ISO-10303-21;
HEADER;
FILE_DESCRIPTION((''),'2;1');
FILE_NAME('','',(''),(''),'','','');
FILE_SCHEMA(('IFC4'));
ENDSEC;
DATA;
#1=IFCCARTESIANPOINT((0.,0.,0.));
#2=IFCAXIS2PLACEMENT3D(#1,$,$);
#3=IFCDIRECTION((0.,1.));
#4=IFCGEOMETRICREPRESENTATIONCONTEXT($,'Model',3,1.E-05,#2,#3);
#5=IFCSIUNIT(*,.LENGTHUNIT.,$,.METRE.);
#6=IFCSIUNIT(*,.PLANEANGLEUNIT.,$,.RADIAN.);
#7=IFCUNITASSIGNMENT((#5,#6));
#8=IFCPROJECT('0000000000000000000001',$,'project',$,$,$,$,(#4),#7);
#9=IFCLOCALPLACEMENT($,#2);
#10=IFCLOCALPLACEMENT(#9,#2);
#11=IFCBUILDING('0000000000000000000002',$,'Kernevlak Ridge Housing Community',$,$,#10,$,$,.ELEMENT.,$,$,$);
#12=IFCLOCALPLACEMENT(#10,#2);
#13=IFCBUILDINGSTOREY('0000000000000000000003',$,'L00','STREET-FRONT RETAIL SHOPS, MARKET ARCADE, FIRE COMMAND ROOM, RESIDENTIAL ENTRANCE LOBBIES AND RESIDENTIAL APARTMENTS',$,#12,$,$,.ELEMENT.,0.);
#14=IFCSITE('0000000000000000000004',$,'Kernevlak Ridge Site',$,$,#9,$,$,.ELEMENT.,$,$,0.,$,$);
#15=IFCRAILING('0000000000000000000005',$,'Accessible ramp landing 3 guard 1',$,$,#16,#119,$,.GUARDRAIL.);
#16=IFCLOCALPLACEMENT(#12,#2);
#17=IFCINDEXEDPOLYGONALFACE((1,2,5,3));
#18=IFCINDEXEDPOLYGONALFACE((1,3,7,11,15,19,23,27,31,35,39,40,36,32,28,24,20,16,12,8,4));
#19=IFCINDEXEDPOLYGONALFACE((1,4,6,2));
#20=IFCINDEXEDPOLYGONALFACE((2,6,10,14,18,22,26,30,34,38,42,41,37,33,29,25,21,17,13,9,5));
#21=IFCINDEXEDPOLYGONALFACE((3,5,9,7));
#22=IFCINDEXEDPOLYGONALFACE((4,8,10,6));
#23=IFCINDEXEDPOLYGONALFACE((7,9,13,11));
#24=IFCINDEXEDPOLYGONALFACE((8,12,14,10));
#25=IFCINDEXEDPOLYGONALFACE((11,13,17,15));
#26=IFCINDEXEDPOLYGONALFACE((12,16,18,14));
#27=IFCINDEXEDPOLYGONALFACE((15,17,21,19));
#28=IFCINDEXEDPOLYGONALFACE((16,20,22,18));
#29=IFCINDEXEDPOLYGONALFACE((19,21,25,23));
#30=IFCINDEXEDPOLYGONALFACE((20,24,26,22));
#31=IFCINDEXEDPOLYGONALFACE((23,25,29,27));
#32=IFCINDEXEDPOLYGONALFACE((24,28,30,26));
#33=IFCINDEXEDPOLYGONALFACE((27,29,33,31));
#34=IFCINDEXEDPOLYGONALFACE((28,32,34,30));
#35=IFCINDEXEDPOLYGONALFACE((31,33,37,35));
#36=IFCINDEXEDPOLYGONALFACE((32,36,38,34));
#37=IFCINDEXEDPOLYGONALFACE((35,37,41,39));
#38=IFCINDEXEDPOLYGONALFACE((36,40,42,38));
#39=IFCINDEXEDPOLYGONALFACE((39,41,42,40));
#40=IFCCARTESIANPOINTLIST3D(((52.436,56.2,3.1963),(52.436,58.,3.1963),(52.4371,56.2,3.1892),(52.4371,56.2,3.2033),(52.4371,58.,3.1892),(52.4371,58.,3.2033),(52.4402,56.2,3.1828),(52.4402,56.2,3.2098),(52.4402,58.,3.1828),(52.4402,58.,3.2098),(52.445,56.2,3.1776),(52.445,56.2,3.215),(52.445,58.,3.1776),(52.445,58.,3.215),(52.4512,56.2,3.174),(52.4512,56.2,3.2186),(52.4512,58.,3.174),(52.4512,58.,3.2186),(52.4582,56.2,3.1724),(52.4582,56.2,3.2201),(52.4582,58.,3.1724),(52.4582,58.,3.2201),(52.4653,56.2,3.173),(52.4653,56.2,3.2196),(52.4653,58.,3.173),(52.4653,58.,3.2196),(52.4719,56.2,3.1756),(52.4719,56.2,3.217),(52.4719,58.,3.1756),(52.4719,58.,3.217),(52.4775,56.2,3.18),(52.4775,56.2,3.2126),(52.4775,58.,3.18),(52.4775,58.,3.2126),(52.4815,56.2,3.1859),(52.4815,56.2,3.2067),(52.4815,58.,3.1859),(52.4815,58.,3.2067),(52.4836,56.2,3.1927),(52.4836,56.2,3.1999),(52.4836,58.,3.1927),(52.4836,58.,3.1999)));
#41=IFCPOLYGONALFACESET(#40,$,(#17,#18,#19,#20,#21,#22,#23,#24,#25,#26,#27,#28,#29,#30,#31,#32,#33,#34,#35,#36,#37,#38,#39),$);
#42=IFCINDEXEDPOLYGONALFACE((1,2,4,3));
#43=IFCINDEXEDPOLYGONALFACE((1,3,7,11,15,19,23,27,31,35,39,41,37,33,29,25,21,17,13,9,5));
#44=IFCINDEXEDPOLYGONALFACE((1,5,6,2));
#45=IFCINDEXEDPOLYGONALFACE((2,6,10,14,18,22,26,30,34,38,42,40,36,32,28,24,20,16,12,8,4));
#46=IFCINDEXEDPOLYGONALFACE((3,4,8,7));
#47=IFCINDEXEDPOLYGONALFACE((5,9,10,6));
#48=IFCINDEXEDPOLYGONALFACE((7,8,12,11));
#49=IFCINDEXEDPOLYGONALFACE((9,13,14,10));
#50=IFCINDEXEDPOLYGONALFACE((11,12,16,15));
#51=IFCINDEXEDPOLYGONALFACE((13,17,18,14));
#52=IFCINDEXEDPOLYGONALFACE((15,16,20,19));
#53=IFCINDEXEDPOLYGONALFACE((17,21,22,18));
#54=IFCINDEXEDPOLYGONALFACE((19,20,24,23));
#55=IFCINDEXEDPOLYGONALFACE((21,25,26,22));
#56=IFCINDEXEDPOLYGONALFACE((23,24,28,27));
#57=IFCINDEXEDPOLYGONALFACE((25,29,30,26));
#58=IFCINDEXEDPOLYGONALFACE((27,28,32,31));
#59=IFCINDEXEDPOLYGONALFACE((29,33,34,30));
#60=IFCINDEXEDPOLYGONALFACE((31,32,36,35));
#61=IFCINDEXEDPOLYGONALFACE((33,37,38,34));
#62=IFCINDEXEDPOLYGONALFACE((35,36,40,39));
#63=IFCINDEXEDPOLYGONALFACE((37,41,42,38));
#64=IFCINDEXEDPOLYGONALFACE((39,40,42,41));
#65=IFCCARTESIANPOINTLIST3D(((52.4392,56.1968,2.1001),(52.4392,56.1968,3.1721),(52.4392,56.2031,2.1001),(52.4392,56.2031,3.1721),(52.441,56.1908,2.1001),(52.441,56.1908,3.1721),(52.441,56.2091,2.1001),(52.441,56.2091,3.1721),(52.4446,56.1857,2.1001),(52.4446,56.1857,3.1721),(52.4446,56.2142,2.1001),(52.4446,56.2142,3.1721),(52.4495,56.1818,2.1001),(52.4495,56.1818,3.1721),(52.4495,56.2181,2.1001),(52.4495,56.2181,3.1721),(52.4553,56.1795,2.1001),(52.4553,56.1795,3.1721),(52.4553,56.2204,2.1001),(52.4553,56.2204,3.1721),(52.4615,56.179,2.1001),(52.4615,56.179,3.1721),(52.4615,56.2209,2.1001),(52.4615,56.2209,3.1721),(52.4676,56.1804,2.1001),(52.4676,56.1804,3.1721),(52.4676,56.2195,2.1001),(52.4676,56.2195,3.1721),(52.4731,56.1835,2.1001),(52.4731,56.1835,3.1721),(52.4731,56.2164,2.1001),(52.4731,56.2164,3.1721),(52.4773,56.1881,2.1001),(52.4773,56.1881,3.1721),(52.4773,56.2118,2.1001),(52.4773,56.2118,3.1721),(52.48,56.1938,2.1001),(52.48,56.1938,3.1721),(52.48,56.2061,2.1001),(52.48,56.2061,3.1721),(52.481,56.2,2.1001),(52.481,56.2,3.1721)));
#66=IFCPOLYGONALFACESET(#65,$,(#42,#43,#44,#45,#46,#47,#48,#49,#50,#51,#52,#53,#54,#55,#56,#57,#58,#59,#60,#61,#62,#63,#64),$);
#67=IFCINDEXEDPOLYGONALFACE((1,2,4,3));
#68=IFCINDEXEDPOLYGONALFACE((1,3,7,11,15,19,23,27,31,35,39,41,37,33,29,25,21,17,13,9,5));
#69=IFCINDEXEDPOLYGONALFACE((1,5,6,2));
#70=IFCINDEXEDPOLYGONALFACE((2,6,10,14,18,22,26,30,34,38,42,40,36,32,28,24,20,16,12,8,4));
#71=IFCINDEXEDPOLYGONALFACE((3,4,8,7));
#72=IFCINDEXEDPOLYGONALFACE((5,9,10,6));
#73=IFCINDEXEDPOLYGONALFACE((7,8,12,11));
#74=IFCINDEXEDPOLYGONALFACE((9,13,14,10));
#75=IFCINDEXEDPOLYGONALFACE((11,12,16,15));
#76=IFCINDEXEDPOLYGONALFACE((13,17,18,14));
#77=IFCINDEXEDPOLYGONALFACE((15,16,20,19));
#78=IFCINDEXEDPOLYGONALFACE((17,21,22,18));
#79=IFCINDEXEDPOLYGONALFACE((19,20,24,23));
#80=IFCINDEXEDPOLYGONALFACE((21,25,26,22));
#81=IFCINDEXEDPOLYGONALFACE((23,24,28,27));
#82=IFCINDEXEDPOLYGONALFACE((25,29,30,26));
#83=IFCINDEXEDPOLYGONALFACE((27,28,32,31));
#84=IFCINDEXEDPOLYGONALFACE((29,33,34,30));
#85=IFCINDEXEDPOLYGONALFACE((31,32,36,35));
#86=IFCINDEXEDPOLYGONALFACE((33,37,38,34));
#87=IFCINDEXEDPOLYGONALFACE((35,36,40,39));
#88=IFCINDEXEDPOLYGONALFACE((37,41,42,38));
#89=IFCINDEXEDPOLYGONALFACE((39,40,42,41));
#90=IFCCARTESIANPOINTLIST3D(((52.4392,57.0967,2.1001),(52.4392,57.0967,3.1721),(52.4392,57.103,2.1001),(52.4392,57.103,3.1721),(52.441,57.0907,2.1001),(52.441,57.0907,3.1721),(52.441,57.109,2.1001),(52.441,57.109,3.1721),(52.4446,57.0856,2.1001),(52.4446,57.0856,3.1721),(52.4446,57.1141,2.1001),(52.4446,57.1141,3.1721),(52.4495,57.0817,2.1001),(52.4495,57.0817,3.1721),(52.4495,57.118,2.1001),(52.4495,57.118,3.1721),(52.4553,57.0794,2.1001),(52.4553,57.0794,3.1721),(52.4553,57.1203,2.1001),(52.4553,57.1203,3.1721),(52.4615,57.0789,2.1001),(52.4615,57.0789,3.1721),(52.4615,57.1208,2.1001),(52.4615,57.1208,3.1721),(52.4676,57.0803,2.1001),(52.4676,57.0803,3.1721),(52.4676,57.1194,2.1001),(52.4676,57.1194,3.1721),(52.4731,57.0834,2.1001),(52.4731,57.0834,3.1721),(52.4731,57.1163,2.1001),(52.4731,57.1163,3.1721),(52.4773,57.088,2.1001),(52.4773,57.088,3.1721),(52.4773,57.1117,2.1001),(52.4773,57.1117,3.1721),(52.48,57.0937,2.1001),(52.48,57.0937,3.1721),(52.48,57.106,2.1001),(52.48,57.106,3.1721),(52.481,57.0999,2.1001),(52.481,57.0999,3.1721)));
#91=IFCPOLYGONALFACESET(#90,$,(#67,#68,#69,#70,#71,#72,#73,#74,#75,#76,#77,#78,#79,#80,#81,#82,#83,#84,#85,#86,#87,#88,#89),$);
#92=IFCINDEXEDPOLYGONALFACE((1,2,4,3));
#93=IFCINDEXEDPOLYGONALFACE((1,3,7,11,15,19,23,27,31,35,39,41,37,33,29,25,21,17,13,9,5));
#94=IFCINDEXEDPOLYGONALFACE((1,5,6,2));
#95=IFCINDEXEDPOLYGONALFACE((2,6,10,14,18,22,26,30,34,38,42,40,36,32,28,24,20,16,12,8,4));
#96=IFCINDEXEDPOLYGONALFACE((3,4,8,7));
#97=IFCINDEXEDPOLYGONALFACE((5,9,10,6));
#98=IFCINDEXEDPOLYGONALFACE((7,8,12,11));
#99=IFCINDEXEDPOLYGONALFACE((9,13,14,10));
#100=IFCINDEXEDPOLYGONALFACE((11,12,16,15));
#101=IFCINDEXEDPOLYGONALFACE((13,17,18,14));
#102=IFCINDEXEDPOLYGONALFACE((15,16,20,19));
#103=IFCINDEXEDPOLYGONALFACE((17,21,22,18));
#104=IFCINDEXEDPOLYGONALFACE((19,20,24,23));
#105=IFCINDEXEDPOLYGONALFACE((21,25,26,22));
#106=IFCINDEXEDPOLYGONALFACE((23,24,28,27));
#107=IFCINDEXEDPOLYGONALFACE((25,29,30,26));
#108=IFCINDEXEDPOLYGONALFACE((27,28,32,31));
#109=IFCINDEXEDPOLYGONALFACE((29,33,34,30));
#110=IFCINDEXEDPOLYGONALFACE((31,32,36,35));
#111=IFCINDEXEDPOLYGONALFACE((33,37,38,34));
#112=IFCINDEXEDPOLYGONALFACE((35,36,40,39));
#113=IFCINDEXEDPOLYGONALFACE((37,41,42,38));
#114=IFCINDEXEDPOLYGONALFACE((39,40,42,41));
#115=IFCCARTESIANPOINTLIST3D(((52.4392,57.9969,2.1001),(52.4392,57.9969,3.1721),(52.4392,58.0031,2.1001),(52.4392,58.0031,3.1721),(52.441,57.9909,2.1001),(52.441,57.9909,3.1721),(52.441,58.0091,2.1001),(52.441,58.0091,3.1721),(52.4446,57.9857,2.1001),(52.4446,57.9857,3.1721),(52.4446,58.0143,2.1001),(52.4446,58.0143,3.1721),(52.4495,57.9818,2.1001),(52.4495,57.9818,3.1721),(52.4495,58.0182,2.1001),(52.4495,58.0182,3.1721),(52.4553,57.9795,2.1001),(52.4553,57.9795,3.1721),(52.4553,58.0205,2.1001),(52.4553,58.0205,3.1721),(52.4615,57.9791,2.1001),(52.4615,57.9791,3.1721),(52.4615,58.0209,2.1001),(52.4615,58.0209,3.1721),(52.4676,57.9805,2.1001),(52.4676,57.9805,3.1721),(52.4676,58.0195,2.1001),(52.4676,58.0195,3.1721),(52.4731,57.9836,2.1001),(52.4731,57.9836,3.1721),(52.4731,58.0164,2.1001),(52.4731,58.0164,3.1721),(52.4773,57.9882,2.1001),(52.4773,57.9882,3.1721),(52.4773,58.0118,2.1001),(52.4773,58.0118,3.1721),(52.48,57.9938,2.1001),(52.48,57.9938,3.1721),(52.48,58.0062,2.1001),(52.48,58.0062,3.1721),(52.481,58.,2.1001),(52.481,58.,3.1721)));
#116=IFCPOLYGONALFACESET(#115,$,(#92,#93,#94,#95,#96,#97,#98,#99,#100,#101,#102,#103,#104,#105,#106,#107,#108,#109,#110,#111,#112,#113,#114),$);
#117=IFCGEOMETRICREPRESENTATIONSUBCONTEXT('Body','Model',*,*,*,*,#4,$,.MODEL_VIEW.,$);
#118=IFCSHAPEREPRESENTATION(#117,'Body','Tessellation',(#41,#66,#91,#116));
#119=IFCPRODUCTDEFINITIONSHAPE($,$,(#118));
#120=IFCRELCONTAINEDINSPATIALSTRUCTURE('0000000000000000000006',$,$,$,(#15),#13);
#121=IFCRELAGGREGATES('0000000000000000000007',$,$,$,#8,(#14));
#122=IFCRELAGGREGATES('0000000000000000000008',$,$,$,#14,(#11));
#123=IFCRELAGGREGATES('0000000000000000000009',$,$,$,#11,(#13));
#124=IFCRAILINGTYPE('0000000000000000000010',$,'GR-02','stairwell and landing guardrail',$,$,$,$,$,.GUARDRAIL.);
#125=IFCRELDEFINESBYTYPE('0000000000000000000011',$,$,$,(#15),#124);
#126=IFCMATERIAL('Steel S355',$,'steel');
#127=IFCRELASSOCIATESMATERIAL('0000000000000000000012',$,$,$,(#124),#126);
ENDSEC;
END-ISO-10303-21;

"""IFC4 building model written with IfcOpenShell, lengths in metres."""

from ifc_helpers import new_model, si_unit, direction, frame, origin, origin_2d, place, context, subcontext, project, spatial, circle, extrude, material, type_object, element, save


model = new_model("IFC4")

# Units and contexts
model_context = context("Model", 3, precision=1e-05, world=origin(), true_north=direction((0.0, 1.0)))
body_context = subcontext(model_context, "Body", "Model", "MODEL_VIEW")
ifc_project = project(units=[si_unit("LENGTHUNIT", "METRE"), si_unit("PLANEANGLEUNIT", "RADIAN")], contexts=[model_context])

# Site, building, storey
site_placement = place(None, origin())
site = spatial("IfcSite", under=ifc_project, at=site_placement, Name="Kernevlak Ridge Site", CompositionType="ELEMENT", RefElevation=0.0)
building_placement = place(site_placement, origin())
building = spatial("IfcBuilding", under=site, at=building_placement, Name="Kernevlak Ridge Housing Community", CompositionType="ELEMENT")
storey_placement = place(building_placement, origin())
storey = spatial("IfcBuildingStorey", under=building, at=storey_placement, Name="L00", Description="STREET-FRONT RETAIL SHOPS, MARKET ARCADE, FIRE COMMAND ROOM, RESIDENTIAL ENTRANCE LOBBIES AND RESIDENTIAL APARTMENTS", CompositionType="ELEMENT", Elevation=0.0)

# Railing
ifc_material_1 = material(Name="Steel S355", Category="steel")
railing_type = type_object("IfcRailingType", Name="GR-02", Description="stairwell and landing guardrail", PredefinedType="GUARDRAIL", material=ifc_material_1)
railing_1_placement = place(storey_placement, frame((52.46, 56.2, 2.1001)))
element("IfcRailing", 1, at=railing_1_placement, inside=storey, type_object=railing_type, Name="Accessible ramp landing 3 guard 1", PredefinedType="GUARDRAIL", context=body_context, shape_type="SweptSolid", body=[
    extrude(circle(Radius=0.0239, at=origin_2d()), frame((0.0, 0.0, 1.0962), z_axis=(0.0, 1.0, 0.0), x_axis=(-1.0, 0.0, 0.0)), (0.0, 0.0, 1.0), 1.8),
    extrude(circle(Radius=0.021, at=origin_2d()), origin(), (0.0, 0.0, 1.0), 1.072),
    extrude(circle(Radius=0.021, at=origin_2d()), frame((0.0, 0.8999, 0.0)), (0.0, 0.0, 1.0), 1.072),
    extrude(circle(Radius=0.021, at=origin_2d()), frame((0.0, 1.8, 0.0)), (0.0, 0.0, 1.0), 1.072),
])

save(model, "model.ifc")
